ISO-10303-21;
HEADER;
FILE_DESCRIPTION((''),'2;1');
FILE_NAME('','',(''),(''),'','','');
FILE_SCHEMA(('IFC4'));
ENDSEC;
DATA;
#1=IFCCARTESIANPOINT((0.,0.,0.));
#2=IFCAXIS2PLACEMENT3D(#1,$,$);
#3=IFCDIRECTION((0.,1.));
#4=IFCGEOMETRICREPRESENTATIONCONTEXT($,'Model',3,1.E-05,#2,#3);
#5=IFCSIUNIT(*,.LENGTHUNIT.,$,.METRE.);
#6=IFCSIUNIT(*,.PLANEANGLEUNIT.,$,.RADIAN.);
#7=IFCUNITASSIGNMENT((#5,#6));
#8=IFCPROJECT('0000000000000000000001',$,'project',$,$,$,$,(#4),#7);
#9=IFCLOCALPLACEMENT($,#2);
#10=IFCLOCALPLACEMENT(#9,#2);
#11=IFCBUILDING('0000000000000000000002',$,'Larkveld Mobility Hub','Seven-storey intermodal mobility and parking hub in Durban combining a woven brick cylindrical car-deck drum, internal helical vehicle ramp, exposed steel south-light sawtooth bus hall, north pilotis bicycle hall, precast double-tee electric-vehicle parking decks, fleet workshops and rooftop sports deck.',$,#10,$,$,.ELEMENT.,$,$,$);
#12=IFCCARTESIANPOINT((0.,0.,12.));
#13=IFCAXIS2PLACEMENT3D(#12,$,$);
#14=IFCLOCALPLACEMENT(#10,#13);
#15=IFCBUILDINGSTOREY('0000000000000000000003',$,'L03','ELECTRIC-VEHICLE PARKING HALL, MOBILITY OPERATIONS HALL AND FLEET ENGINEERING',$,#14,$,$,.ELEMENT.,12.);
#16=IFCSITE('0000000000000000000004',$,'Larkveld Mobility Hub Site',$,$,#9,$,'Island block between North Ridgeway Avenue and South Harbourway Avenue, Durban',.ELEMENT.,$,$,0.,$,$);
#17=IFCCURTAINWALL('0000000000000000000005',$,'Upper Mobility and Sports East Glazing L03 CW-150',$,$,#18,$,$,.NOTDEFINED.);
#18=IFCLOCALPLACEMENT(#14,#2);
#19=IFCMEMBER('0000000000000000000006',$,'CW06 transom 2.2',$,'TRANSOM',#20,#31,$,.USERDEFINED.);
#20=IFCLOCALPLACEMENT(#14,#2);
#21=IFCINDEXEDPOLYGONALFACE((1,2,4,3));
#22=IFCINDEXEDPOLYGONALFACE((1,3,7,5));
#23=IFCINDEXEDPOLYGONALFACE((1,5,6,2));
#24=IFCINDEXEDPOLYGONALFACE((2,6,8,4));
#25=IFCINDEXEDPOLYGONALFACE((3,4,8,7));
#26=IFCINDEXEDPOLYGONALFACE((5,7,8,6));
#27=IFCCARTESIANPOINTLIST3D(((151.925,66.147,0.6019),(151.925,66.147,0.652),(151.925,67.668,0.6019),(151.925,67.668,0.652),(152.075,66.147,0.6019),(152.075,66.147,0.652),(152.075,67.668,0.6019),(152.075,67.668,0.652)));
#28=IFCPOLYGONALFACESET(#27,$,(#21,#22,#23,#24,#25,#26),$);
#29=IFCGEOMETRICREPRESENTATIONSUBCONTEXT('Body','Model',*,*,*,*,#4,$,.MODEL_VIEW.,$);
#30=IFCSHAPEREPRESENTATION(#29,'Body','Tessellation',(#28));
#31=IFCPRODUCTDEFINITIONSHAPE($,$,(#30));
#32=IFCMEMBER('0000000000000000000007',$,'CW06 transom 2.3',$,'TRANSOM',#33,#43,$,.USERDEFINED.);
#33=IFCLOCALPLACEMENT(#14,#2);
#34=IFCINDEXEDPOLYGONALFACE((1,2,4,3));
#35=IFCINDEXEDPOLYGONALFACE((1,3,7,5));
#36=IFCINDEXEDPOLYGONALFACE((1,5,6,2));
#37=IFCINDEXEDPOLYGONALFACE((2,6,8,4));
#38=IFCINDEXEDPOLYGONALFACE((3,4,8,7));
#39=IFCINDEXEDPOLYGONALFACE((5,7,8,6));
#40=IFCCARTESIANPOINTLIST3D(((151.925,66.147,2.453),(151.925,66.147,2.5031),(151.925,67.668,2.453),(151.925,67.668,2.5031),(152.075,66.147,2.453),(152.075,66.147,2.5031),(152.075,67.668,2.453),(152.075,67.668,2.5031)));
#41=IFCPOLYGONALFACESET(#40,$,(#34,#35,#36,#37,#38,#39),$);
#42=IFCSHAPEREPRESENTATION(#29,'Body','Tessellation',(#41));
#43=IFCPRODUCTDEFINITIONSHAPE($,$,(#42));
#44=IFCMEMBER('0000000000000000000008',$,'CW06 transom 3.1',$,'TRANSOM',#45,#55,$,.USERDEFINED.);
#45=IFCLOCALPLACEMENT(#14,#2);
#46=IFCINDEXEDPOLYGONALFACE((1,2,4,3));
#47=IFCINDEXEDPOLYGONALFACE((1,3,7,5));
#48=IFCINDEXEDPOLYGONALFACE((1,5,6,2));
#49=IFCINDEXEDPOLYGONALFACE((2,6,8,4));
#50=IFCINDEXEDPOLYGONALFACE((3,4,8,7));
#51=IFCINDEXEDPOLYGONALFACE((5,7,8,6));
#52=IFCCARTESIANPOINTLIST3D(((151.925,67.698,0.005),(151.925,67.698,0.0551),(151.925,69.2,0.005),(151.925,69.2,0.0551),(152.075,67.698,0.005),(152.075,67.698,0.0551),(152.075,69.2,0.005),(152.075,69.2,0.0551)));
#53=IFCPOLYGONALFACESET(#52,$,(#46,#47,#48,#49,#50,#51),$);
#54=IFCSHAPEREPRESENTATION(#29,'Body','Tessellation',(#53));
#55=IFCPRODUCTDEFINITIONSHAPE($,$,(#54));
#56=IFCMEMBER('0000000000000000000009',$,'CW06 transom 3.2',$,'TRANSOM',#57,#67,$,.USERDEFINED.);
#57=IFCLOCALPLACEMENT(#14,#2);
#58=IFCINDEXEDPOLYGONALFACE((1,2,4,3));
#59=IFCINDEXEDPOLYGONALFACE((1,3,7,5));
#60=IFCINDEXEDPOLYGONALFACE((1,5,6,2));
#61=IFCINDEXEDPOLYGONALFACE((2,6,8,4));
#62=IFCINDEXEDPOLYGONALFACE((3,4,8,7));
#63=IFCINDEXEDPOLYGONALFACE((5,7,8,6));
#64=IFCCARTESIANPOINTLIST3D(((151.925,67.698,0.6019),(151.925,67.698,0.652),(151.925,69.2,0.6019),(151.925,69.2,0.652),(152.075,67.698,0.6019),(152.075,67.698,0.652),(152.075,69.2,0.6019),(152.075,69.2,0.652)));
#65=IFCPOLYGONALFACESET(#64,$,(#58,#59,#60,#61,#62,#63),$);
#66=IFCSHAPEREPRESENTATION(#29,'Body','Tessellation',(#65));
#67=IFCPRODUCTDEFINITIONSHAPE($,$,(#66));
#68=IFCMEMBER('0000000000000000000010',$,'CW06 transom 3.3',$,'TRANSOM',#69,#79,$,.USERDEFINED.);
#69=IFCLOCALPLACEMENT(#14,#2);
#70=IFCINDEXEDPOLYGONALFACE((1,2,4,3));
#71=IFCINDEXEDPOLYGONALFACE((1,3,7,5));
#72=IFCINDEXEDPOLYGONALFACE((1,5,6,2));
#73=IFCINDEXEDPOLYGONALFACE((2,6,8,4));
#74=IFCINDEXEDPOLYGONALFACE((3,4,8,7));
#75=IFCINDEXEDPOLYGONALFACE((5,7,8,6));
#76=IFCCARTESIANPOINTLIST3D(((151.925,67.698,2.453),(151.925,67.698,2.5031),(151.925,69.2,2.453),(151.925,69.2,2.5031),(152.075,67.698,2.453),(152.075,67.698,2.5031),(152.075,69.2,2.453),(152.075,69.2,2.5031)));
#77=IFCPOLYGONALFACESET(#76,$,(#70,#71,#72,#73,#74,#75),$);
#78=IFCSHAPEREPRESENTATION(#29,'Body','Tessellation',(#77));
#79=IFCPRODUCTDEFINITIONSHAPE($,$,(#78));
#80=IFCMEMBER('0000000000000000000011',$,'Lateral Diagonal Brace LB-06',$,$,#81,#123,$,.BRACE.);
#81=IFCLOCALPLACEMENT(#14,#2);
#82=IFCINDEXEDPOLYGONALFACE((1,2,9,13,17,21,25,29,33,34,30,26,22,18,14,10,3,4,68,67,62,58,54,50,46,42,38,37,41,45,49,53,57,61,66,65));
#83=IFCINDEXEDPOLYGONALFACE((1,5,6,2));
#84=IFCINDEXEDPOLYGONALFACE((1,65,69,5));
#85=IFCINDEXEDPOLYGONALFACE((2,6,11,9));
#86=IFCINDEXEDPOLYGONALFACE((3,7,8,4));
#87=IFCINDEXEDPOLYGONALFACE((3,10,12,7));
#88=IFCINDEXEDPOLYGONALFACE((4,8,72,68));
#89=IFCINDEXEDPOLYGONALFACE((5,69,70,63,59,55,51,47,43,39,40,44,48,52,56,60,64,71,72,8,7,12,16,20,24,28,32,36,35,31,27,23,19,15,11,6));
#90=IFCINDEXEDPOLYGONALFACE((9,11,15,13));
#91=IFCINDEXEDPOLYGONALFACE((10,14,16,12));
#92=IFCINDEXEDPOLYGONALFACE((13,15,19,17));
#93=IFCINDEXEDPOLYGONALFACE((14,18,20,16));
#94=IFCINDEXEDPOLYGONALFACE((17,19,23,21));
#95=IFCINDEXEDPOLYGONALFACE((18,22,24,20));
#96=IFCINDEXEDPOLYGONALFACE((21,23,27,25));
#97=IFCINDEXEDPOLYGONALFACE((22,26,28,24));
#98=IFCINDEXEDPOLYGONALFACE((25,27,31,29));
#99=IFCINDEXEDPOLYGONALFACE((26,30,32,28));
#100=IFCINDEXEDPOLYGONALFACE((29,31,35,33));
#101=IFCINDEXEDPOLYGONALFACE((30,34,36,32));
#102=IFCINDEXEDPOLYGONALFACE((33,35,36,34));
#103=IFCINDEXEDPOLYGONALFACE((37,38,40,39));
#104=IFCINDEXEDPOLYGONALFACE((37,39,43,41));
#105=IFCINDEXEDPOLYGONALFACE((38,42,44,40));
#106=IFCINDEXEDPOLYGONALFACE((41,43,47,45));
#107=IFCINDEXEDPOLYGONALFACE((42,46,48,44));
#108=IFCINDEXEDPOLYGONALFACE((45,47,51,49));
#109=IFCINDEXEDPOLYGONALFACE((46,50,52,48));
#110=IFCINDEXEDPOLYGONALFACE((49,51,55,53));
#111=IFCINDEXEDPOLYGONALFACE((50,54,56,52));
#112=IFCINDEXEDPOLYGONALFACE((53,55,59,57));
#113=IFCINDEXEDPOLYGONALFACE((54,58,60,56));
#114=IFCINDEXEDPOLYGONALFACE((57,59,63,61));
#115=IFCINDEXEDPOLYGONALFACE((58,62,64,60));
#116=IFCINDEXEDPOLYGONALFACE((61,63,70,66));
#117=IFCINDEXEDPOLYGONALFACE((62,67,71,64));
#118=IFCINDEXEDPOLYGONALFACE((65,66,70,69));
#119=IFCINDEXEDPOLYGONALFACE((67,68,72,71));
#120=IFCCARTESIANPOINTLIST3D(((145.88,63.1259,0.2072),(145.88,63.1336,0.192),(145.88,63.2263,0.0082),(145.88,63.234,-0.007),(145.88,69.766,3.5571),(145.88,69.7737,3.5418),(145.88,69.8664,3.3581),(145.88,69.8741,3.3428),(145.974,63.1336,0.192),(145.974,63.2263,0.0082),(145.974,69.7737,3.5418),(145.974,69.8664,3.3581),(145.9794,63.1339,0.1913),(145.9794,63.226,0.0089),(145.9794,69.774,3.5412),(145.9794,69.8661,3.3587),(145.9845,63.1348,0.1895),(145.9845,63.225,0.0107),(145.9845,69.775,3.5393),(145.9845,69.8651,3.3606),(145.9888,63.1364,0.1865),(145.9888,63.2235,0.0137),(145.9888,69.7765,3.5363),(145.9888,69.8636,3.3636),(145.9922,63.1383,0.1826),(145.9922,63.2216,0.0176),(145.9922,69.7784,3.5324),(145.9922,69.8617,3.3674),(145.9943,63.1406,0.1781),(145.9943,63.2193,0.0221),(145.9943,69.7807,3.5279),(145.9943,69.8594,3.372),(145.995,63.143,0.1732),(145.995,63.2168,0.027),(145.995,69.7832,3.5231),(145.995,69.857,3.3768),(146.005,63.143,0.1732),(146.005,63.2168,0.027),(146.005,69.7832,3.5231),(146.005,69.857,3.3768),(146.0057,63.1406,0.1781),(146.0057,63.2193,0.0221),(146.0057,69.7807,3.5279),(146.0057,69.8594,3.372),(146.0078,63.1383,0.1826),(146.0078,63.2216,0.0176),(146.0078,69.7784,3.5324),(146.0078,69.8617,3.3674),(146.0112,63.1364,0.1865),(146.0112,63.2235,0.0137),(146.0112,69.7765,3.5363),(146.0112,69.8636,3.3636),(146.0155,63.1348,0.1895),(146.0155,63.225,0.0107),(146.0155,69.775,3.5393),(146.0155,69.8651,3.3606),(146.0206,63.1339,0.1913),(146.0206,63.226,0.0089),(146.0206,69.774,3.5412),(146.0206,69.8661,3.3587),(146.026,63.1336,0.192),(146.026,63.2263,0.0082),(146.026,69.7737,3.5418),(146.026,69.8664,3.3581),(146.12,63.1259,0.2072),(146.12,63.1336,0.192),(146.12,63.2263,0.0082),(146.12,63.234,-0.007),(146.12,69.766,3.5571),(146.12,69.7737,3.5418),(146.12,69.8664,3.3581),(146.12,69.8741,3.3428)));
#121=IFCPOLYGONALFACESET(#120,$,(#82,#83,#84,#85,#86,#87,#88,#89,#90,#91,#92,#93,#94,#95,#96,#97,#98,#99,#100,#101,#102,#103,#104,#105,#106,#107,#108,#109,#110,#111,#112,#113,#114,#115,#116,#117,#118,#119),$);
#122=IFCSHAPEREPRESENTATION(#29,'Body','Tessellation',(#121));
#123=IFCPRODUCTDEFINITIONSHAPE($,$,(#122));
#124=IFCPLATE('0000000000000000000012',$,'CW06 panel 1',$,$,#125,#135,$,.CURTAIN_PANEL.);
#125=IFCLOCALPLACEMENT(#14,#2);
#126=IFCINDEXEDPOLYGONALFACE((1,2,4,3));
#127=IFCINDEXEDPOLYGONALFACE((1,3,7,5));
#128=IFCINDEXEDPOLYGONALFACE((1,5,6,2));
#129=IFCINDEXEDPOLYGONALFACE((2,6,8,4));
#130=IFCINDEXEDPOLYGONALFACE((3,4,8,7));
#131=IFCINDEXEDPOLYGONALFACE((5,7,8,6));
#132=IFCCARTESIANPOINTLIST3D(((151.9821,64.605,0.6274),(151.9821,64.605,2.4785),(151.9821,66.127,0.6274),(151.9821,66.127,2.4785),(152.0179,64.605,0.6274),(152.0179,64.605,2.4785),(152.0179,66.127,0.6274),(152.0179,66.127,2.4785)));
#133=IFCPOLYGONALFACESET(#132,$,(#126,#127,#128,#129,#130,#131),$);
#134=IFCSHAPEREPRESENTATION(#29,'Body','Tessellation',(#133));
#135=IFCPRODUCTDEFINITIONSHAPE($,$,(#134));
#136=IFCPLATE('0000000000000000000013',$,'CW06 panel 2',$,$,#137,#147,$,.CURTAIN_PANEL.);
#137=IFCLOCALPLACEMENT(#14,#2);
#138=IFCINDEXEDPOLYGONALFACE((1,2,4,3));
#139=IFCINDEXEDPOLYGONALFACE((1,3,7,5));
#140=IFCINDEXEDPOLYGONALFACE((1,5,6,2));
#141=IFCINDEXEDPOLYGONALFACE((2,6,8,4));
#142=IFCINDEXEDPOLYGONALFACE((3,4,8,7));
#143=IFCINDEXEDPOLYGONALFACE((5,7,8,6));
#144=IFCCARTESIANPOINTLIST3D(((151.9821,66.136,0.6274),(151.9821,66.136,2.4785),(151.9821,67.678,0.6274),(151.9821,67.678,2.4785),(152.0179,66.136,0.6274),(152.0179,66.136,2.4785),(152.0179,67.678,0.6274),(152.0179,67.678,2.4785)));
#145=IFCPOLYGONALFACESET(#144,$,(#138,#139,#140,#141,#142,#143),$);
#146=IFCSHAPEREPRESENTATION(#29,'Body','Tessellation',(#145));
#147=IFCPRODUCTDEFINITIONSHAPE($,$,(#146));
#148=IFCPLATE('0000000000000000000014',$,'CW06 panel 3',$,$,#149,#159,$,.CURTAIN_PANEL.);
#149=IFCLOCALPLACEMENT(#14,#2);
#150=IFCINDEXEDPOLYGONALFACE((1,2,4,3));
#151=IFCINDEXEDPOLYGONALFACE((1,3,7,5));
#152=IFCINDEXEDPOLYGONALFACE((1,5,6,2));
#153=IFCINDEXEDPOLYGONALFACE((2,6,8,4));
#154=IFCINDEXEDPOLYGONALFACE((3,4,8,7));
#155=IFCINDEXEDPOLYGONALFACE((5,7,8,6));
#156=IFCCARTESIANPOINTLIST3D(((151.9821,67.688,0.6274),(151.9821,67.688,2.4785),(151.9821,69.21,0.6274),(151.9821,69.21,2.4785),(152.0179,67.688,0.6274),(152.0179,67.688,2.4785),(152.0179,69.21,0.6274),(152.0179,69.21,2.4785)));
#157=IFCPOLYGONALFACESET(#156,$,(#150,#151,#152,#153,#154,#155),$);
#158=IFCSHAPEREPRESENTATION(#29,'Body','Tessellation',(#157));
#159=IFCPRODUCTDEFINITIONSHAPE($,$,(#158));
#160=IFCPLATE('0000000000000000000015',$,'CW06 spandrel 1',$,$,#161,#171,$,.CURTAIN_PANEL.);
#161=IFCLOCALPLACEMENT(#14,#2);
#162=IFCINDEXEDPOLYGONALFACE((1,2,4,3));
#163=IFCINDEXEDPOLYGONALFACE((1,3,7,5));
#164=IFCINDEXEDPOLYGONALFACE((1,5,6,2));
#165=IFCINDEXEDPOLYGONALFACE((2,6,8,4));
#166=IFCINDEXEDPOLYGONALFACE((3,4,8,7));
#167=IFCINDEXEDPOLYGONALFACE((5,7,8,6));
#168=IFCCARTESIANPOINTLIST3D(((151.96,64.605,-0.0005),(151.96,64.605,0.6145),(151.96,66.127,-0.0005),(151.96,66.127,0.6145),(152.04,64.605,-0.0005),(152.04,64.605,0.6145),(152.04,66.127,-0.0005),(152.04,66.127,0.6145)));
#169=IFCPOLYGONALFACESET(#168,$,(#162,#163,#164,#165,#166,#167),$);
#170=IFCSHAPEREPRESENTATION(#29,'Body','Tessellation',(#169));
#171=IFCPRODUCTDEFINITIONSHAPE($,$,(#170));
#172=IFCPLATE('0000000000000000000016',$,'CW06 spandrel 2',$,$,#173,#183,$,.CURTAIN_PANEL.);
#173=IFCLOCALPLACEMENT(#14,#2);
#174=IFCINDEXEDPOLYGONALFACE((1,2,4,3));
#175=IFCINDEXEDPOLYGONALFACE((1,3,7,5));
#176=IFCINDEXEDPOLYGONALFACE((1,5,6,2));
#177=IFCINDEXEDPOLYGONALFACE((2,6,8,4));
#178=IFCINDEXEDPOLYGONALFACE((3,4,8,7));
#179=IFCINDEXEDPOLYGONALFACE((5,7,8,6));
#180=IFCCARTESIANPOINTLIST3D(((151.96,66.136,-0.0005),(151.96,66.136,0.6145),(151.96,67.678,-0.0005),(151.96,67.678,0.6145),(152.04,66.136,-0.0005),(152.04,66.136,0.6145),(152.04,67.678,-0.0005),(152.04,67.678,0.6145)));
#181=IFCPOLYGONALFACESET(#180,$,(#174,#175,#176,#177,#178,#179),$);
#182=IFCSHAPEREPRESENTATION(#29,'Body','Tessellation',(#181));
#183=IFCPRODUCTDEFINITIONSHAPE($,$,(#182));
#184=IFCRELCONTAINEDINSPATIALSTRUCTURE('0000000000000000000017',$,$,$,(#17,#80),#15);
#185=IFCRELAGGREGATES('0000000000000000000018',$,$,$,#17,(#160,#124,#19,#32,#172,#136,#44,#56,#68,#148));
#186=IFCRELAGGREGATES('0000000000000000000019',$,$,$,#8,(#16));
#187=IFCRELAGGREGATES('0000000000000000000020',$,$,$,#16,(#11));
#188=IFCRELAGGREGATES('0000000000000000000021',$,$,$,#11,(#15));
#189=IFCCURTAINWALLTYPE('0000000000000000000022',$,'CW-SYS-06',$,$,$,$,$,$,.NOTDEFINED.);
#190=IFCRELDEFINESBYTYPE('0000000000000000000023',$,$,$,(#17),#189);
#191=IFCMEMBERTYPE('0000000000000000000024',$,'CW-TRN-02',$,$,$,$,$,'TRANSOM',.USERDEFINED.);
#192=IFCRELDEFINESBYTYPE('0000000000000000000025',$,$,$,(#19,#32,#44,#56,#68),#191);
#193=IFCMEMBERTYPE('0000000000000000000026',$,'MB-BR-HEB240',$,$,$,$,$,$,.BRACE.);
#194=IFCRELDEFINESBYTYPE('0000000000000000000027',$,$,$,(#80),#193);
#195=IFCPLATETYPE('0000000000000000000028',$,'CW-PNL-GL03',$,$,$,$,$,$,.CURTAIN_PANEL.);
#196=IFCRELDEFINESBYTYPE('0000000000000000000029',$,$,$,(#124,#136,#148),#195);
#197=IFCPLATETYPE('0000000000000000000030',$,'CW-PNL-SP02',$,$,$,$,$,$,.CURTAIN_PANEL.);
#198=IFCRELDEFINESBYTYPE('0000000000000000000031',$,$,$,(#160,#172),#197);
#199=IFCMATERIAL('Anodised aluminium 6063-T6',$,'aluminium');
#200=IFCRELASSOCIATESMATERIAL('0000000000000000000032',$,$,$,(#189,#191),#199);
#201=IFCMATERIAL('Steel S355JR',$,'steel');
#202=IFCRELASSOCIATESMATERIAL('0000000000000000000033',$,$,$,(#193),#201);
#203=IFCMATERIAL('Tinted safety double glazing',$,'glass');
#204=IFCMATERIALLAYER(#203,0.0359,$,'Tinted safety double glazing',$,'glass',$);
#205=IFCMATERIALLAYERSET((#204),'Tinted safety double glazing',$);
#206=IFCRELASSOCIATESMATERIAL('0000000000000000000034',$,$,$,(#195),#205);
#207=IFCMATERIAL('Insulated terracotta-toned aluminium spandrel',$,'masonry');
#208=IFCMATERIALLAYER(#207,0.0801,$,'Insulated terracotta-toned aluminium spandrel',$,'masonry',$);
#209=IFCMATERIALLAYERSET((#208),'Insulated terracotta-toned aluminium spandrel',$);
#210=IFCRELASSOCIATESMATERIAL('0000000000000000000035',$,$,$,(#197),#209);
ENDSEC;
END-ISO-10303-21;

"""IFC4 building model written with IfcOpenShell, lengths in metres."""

from ifc_helpers import new_model, si_unit, direction, frame, origin, origin_2d, place, context, subcontext, project, spatial, rectangle, i_section, extrude, material, layer, layer_set, material_profile, profile_set, type_object, element, aggregate, save


model = new_model("IFC4")

# Units and contexts
model_context = context("Model", 3, precision=1e-05, world=origin(), true_north=direction((0.0, 1.0)))
body_context = subcontext(model_context, "Body", "Model", "MODEL_VIEW")
ifc_project = project(units=[si_unit("LENGTHUNIT", "METRE"), si_unit("PLANEANGLEUNIT", "RADIAN")], contexts=[model_context])

# Site, building, storey
site_placement = place(None, origin())
site = spatial("IfcSite", under=ifc_project, at=site_placement, Name="Larkveld Mobility Hub Site", LongName="Island block between North Ridgeway Avenue and South Harbourway Avenue, Durban", CompositionType="ELEMENT", RefElevation=0.0)
building_placement = place(site_placement, origin())
building = spatial("IfcBuilding", under=site, at=building_placement, Name="Larkveld Mobility Hub", Description="Seven-storey intermodal mobility and parking hub in Durban combining a woven brick cylindrical car-deck drum, internal helical vehicle ramp, exposed steel south-light sawtooth bus hall, north pilotis bicycle hall, precast double-tee electric-vehicle parking decks, fleet workshops and rooftop sports deck.", CompositionType="ELEMENT")
storey_placement = place(building_placement, frame((0.0, 0.0, 12.0)))
storey = spatial("IfcBuildingStorey", under=building, at=storey_placement, Name="L03", Description="ELECTRIC-VEHICLE PARKING HALL, MOBILITY OPERATIONS HALL AND FLEET ENGINEERING", CompositionType="ELEMENT", Elevation=12.0)

# Curtain wall, members
ifc_material_1 = material(Name="Anodised aluminium 6063-T6", Category="aluminium")
curtain_wall_type = type_object("IfcCurtainWallType", Name="CW-SYS-06", PredefinedType="NOTDEFINED", material=ifc_material_1)
curtain_wall_placement = place(storey_placement, origin())
curtain_wall = element("IfcCurtainWall", 1, at=curtain_wall_placement, inside=storey, type_object=curtain_wall_type, Name="Upper Mobility and Sports East Glazing L03 CW-150", PredefinedType="NOTDEFINED")
ifc_material_profile_1 = material_profile(ifc_material_1, rectangle(XDim=0.1499, YDim=0.05, at=origin_2d()), Name="ALU TRAN 50x150")
ifc_profile_set_1 = profile_set([ifc_material_profile_1], Name="Anodised aluminium 6063-T6")
member_type_1 = type_object("IfcMemberType", Name="CW-TRN-02", ElementType="TRANSOM", PredefinedType="USERDEFINED", material=ifc_profile_set_1)
member_1_placement = place(storey_placement, frame((152.0, 66.147, 0.627), z_axis=(0.0, 1.0, 0.0), x_axis=(-1.0, 0.0, 0.0)))
member_1 = element("IfcMember", 2, at=member_1_placement, type_object=member_type_1, Name="CW06 transom 2.2", ObjectType="TRANSOM", PredefinedType="USERDEFINED", context=body_context, shape_type="SweptSolid", body=[
    extrude(rectangle(XDim=0.1499, YDim=0.05, at=origin_2d()), origin(), (0.0, 0.0, 1.0), 1.521),
])
member_2_placement = place(storey_placement, frame((152.0, 66.147, 2.478), z_axis=(0.0, 1.0, 0.0), x_axis=(-1.0, 0.0, 0.0)))
member_2 = element("IfcMember", 3, at=member_2_placement, type_object=member_type_1, Name="CW06 transom 2.3", ObjectType="TRANSOM", PredefinedType="USERDEFINED", context=body_context, shape_type="SweptSolid", body=[
    extrude(rectangle(XDim=0.1499, YDim=0.05, at=origin_2d()), origin(), (0.0, 0.0, 1.0), 1.521),
])
member_3_placement = place(storey_placement, frame((152.0, 67.698, 0.03), z_axis=(0.0, 1.0, 0.0), x_axis=(-1.0, 0.0, 0.0)))
member_3 = element("IfcMember", 4, at=member_3_placement, type_object=member_type_1, Name="CW06 transom 3.1", ObjectType="TRANSOM", PredefinedType="USERDEFINED", context=body_context, shape_type="SweptSolid", body=[
    extrude(rectangle(XDim=0.1499, YDim=0.05, at=origin_2d()), origin(), (0.0, 0.0, 1.0), 1.502),
])
member_4_placement = place(storey_placement, frame((152.0, 67.698, 0.627), z_axis=(0.0, 1.0, 0.0), x_axis=(-1.0, 0.0, 0.0)))
member_4 = element("IfcMember", 5, at=member_4_placement, type_object=member_type_1, Name="CW06 transom 3.2", ObjectType="TRANSOM", PredefinedType="USERDEFINED", context=body_context, shape_type="SweptSolid", body=[
    extrude(rectangle(XDim=0.1499, YDim=0.05, at=origin_2d()), origin(), (0.0, 0.0, 1.0), 1.502),
])
member_5_placement = place(storey_placement, frame((152.0, 67.698, 2.478), z_axis=(0.0, 1.0, 0.0), x_axis=(-1.0, 0.0, 0.0)))
member_5 = element("IfcMember", 6, at=member_5_placement, type_object=member_type_1, Name="CW06 transom 3.3", ObjectType="TRANSOM", PredefinedType="USERDEFINED", context=body_context, shape_type="SweptSolid", body=[
    extrude(rectangle(XDim=0.1499, YDim=0.05, at=origin_2d()), origin(), (0.0, 0.0, 1.0), 1.502),
])

# Member
ifc_material_2 = material(Name="Steel S355JR", Category="steel")
ifc_material_profile_2 = material_profile(ifc_material_2, i_section(OverallWidth=0.24, OverallDepth=0.24, WebThickness=0.01, FlangeThickness=0.0171, FilletRadius=0.021, at=origin_2d()), Name="HEB 240")
ifc_profile_set_2 = profile_set([ifc_material_profile_2], Name="Steel S355JR")
member_type_2 = type_object("IfcMemberType", Name="MB-BR-HEB240", PredefinedType="BRACE", material=ifc_profile_set_2)
member_6_placement = place(storey_placement, frame((146.0, 63.1799, 0.1001), z_axis=(0.0, 0.89282, 0.450415), x_axis=(-1.0, 0.0, 0.0)))
element("IfcMember", 7, at=member_6_placement, inside=storey, type_object=member_type_2, Name="Lateral Diagonal Brace LB-06", PredefinedType="BRACE", context=body_context, shape_type="SweptSolid", body=[
    extrude(i_section(OverallWidth=0.24, OverallDepth=0.24, WebThickness=0.01, FlangeThickness=0.0171, FilletRadius=0.021, at=origin_2d()), origin(), (0.0, 0.0, 1.0), 7.4373),
])

# Plates
ifc_material_3 = material(Name="Tinted safety double glazing", Category="glass")
ifc_layer_1 = layer(ifc_material_3, 0.0359, Name="Tinted safety double glazing", Category="glass")
ifc_layer_set_1 = layer_set([ifc_layer_1], Name="Tinted safety double glazing")
plate_type_1 = type_object("IfcPlateType", Name="CW-PNL-GL03", PredefinedType="CURTAIN_PANEL", material=ifc_layer_set_1)
plate_1_placement = place(storey_placement, frame((152.0, 65.366, 0.6274), z_axis=(0.0, 0.0, 1.0), x_axis=(0.0, 1.0, 0.0)))
plate_1 = element("IfcPlate", 8, at=plate_1_placement, type_object=plate_type_1, Name="CW06 panel 1", PredefinedType="CURTAIN_PANEL", context=body_context, shape_type="SweptSolid", body=[
    extrude(rectangle(XDim=1.522, YDim=0.0359, at=origin_2d()), origin(), (0.0, 0.0, 1.0), 1.8511),
])
plate_2_placement = place(storey_placement, frame((152.0, 66.907, 0.6274), z_axis=(0.0, 0.0, 1.0), x_axis=(0.0, 1.0, 0.0)))
plate_2 = element("IfcPlate", 9, at=plate_2_placement, type_object=plate_type_1, Name="CW06 panel 2", PredefinedType="CURTAIN_PANEL", context=body_context, shape_type="SweptSolid", body=[
    extrude(rectangle(XDim=1.542, YDim=0.0359, at=origin_2d()), origin(), (0.0, 0.0, 1.0), 1.8511),
])
plate_3_placement = place(storey_placement, frame((152.0, 68.449, 0.6274), z_axis=(0.0, 0.0, 1.0), x_axis=(0.0, 1.0, 0.0)))
plate_3 = element("IfcPlate", 10, at=plate_3_placement, type_object=plate_type_1, Name="CW06 panel 3", PredefinedType="CURTAIN_PANEL", context=body_context, shape_type="SweptSolid", body=[
    extrude(rectangle(XDim=1.522, YDim=0.0359, at=origin_2d()), origin(), (0.0, 0.0, 1.0), 1.8511),
])
ifc_material_4 = material(Name="Insulated terracotta-toned aluminium spandrel", Category="masonry")
ifc_layer_2 = layer(ifc_material_4, 0.0801, Name="Insulated terracotta-toned aluminium spandrel", Category="masonry")
ifc_layer_set_2 = layer_set([ifc_layer_2], Name="Insulated terracotta-toned aluminium spandrel")
plate_type_2 = type_object("IfcPlateType", Name="CW-PNL-SP02", PredefinedType="CURTAIN_PANEL", material=ifc_layer_set_2)
plate_4_placement = place(storey_placement, frame((152.0, 65.366, -0.0005), z_axis=(0.0, 0.0, 1.0), x_axis=(0.0, 1.0, 0.0)))
plate_4 = element("IfcPlate", 11, at=plate_4_placement, type_object=plate_type_2, Name="CW06 spandrel 1", PredefinedType="CURTAIN_PANEL", context=body_context, shape_type="SweptSolid", body=[
    extrude(rectangle(XDim=1.522, YDim=0.0801, at=origin_2d()), origin(), (0.0, 0.0, 1.0), 0.615),
])
plate_5_placement = place(storey_placement, frame((152.0, 66.907, -0.0005), z_axis=(0.0, 0.0, 1.0), x_axis=(0.0, 1.0, 0.0)))
plate_5 = element("IfcPlate", 12, at=plate_5_placement, type_object=plate_type_2, Name="CW06 spandrel 2", PredefinedType="CURTAIN_PANEL", context=body_context, shape_type="SweptSolid", body=[
    extrude(rectangle(XDim=1.542, YDim=0.0801, at=origin_2d()), origin(), (0.0, 0.0, 1.0), 0.615),
])
aggregate(curtain_wall, [plate_4, plate_1, member_1, member_2, plate_5, plate_2, member_3, member_4, member_5, plate_3])

save(model, "model.ifc")
